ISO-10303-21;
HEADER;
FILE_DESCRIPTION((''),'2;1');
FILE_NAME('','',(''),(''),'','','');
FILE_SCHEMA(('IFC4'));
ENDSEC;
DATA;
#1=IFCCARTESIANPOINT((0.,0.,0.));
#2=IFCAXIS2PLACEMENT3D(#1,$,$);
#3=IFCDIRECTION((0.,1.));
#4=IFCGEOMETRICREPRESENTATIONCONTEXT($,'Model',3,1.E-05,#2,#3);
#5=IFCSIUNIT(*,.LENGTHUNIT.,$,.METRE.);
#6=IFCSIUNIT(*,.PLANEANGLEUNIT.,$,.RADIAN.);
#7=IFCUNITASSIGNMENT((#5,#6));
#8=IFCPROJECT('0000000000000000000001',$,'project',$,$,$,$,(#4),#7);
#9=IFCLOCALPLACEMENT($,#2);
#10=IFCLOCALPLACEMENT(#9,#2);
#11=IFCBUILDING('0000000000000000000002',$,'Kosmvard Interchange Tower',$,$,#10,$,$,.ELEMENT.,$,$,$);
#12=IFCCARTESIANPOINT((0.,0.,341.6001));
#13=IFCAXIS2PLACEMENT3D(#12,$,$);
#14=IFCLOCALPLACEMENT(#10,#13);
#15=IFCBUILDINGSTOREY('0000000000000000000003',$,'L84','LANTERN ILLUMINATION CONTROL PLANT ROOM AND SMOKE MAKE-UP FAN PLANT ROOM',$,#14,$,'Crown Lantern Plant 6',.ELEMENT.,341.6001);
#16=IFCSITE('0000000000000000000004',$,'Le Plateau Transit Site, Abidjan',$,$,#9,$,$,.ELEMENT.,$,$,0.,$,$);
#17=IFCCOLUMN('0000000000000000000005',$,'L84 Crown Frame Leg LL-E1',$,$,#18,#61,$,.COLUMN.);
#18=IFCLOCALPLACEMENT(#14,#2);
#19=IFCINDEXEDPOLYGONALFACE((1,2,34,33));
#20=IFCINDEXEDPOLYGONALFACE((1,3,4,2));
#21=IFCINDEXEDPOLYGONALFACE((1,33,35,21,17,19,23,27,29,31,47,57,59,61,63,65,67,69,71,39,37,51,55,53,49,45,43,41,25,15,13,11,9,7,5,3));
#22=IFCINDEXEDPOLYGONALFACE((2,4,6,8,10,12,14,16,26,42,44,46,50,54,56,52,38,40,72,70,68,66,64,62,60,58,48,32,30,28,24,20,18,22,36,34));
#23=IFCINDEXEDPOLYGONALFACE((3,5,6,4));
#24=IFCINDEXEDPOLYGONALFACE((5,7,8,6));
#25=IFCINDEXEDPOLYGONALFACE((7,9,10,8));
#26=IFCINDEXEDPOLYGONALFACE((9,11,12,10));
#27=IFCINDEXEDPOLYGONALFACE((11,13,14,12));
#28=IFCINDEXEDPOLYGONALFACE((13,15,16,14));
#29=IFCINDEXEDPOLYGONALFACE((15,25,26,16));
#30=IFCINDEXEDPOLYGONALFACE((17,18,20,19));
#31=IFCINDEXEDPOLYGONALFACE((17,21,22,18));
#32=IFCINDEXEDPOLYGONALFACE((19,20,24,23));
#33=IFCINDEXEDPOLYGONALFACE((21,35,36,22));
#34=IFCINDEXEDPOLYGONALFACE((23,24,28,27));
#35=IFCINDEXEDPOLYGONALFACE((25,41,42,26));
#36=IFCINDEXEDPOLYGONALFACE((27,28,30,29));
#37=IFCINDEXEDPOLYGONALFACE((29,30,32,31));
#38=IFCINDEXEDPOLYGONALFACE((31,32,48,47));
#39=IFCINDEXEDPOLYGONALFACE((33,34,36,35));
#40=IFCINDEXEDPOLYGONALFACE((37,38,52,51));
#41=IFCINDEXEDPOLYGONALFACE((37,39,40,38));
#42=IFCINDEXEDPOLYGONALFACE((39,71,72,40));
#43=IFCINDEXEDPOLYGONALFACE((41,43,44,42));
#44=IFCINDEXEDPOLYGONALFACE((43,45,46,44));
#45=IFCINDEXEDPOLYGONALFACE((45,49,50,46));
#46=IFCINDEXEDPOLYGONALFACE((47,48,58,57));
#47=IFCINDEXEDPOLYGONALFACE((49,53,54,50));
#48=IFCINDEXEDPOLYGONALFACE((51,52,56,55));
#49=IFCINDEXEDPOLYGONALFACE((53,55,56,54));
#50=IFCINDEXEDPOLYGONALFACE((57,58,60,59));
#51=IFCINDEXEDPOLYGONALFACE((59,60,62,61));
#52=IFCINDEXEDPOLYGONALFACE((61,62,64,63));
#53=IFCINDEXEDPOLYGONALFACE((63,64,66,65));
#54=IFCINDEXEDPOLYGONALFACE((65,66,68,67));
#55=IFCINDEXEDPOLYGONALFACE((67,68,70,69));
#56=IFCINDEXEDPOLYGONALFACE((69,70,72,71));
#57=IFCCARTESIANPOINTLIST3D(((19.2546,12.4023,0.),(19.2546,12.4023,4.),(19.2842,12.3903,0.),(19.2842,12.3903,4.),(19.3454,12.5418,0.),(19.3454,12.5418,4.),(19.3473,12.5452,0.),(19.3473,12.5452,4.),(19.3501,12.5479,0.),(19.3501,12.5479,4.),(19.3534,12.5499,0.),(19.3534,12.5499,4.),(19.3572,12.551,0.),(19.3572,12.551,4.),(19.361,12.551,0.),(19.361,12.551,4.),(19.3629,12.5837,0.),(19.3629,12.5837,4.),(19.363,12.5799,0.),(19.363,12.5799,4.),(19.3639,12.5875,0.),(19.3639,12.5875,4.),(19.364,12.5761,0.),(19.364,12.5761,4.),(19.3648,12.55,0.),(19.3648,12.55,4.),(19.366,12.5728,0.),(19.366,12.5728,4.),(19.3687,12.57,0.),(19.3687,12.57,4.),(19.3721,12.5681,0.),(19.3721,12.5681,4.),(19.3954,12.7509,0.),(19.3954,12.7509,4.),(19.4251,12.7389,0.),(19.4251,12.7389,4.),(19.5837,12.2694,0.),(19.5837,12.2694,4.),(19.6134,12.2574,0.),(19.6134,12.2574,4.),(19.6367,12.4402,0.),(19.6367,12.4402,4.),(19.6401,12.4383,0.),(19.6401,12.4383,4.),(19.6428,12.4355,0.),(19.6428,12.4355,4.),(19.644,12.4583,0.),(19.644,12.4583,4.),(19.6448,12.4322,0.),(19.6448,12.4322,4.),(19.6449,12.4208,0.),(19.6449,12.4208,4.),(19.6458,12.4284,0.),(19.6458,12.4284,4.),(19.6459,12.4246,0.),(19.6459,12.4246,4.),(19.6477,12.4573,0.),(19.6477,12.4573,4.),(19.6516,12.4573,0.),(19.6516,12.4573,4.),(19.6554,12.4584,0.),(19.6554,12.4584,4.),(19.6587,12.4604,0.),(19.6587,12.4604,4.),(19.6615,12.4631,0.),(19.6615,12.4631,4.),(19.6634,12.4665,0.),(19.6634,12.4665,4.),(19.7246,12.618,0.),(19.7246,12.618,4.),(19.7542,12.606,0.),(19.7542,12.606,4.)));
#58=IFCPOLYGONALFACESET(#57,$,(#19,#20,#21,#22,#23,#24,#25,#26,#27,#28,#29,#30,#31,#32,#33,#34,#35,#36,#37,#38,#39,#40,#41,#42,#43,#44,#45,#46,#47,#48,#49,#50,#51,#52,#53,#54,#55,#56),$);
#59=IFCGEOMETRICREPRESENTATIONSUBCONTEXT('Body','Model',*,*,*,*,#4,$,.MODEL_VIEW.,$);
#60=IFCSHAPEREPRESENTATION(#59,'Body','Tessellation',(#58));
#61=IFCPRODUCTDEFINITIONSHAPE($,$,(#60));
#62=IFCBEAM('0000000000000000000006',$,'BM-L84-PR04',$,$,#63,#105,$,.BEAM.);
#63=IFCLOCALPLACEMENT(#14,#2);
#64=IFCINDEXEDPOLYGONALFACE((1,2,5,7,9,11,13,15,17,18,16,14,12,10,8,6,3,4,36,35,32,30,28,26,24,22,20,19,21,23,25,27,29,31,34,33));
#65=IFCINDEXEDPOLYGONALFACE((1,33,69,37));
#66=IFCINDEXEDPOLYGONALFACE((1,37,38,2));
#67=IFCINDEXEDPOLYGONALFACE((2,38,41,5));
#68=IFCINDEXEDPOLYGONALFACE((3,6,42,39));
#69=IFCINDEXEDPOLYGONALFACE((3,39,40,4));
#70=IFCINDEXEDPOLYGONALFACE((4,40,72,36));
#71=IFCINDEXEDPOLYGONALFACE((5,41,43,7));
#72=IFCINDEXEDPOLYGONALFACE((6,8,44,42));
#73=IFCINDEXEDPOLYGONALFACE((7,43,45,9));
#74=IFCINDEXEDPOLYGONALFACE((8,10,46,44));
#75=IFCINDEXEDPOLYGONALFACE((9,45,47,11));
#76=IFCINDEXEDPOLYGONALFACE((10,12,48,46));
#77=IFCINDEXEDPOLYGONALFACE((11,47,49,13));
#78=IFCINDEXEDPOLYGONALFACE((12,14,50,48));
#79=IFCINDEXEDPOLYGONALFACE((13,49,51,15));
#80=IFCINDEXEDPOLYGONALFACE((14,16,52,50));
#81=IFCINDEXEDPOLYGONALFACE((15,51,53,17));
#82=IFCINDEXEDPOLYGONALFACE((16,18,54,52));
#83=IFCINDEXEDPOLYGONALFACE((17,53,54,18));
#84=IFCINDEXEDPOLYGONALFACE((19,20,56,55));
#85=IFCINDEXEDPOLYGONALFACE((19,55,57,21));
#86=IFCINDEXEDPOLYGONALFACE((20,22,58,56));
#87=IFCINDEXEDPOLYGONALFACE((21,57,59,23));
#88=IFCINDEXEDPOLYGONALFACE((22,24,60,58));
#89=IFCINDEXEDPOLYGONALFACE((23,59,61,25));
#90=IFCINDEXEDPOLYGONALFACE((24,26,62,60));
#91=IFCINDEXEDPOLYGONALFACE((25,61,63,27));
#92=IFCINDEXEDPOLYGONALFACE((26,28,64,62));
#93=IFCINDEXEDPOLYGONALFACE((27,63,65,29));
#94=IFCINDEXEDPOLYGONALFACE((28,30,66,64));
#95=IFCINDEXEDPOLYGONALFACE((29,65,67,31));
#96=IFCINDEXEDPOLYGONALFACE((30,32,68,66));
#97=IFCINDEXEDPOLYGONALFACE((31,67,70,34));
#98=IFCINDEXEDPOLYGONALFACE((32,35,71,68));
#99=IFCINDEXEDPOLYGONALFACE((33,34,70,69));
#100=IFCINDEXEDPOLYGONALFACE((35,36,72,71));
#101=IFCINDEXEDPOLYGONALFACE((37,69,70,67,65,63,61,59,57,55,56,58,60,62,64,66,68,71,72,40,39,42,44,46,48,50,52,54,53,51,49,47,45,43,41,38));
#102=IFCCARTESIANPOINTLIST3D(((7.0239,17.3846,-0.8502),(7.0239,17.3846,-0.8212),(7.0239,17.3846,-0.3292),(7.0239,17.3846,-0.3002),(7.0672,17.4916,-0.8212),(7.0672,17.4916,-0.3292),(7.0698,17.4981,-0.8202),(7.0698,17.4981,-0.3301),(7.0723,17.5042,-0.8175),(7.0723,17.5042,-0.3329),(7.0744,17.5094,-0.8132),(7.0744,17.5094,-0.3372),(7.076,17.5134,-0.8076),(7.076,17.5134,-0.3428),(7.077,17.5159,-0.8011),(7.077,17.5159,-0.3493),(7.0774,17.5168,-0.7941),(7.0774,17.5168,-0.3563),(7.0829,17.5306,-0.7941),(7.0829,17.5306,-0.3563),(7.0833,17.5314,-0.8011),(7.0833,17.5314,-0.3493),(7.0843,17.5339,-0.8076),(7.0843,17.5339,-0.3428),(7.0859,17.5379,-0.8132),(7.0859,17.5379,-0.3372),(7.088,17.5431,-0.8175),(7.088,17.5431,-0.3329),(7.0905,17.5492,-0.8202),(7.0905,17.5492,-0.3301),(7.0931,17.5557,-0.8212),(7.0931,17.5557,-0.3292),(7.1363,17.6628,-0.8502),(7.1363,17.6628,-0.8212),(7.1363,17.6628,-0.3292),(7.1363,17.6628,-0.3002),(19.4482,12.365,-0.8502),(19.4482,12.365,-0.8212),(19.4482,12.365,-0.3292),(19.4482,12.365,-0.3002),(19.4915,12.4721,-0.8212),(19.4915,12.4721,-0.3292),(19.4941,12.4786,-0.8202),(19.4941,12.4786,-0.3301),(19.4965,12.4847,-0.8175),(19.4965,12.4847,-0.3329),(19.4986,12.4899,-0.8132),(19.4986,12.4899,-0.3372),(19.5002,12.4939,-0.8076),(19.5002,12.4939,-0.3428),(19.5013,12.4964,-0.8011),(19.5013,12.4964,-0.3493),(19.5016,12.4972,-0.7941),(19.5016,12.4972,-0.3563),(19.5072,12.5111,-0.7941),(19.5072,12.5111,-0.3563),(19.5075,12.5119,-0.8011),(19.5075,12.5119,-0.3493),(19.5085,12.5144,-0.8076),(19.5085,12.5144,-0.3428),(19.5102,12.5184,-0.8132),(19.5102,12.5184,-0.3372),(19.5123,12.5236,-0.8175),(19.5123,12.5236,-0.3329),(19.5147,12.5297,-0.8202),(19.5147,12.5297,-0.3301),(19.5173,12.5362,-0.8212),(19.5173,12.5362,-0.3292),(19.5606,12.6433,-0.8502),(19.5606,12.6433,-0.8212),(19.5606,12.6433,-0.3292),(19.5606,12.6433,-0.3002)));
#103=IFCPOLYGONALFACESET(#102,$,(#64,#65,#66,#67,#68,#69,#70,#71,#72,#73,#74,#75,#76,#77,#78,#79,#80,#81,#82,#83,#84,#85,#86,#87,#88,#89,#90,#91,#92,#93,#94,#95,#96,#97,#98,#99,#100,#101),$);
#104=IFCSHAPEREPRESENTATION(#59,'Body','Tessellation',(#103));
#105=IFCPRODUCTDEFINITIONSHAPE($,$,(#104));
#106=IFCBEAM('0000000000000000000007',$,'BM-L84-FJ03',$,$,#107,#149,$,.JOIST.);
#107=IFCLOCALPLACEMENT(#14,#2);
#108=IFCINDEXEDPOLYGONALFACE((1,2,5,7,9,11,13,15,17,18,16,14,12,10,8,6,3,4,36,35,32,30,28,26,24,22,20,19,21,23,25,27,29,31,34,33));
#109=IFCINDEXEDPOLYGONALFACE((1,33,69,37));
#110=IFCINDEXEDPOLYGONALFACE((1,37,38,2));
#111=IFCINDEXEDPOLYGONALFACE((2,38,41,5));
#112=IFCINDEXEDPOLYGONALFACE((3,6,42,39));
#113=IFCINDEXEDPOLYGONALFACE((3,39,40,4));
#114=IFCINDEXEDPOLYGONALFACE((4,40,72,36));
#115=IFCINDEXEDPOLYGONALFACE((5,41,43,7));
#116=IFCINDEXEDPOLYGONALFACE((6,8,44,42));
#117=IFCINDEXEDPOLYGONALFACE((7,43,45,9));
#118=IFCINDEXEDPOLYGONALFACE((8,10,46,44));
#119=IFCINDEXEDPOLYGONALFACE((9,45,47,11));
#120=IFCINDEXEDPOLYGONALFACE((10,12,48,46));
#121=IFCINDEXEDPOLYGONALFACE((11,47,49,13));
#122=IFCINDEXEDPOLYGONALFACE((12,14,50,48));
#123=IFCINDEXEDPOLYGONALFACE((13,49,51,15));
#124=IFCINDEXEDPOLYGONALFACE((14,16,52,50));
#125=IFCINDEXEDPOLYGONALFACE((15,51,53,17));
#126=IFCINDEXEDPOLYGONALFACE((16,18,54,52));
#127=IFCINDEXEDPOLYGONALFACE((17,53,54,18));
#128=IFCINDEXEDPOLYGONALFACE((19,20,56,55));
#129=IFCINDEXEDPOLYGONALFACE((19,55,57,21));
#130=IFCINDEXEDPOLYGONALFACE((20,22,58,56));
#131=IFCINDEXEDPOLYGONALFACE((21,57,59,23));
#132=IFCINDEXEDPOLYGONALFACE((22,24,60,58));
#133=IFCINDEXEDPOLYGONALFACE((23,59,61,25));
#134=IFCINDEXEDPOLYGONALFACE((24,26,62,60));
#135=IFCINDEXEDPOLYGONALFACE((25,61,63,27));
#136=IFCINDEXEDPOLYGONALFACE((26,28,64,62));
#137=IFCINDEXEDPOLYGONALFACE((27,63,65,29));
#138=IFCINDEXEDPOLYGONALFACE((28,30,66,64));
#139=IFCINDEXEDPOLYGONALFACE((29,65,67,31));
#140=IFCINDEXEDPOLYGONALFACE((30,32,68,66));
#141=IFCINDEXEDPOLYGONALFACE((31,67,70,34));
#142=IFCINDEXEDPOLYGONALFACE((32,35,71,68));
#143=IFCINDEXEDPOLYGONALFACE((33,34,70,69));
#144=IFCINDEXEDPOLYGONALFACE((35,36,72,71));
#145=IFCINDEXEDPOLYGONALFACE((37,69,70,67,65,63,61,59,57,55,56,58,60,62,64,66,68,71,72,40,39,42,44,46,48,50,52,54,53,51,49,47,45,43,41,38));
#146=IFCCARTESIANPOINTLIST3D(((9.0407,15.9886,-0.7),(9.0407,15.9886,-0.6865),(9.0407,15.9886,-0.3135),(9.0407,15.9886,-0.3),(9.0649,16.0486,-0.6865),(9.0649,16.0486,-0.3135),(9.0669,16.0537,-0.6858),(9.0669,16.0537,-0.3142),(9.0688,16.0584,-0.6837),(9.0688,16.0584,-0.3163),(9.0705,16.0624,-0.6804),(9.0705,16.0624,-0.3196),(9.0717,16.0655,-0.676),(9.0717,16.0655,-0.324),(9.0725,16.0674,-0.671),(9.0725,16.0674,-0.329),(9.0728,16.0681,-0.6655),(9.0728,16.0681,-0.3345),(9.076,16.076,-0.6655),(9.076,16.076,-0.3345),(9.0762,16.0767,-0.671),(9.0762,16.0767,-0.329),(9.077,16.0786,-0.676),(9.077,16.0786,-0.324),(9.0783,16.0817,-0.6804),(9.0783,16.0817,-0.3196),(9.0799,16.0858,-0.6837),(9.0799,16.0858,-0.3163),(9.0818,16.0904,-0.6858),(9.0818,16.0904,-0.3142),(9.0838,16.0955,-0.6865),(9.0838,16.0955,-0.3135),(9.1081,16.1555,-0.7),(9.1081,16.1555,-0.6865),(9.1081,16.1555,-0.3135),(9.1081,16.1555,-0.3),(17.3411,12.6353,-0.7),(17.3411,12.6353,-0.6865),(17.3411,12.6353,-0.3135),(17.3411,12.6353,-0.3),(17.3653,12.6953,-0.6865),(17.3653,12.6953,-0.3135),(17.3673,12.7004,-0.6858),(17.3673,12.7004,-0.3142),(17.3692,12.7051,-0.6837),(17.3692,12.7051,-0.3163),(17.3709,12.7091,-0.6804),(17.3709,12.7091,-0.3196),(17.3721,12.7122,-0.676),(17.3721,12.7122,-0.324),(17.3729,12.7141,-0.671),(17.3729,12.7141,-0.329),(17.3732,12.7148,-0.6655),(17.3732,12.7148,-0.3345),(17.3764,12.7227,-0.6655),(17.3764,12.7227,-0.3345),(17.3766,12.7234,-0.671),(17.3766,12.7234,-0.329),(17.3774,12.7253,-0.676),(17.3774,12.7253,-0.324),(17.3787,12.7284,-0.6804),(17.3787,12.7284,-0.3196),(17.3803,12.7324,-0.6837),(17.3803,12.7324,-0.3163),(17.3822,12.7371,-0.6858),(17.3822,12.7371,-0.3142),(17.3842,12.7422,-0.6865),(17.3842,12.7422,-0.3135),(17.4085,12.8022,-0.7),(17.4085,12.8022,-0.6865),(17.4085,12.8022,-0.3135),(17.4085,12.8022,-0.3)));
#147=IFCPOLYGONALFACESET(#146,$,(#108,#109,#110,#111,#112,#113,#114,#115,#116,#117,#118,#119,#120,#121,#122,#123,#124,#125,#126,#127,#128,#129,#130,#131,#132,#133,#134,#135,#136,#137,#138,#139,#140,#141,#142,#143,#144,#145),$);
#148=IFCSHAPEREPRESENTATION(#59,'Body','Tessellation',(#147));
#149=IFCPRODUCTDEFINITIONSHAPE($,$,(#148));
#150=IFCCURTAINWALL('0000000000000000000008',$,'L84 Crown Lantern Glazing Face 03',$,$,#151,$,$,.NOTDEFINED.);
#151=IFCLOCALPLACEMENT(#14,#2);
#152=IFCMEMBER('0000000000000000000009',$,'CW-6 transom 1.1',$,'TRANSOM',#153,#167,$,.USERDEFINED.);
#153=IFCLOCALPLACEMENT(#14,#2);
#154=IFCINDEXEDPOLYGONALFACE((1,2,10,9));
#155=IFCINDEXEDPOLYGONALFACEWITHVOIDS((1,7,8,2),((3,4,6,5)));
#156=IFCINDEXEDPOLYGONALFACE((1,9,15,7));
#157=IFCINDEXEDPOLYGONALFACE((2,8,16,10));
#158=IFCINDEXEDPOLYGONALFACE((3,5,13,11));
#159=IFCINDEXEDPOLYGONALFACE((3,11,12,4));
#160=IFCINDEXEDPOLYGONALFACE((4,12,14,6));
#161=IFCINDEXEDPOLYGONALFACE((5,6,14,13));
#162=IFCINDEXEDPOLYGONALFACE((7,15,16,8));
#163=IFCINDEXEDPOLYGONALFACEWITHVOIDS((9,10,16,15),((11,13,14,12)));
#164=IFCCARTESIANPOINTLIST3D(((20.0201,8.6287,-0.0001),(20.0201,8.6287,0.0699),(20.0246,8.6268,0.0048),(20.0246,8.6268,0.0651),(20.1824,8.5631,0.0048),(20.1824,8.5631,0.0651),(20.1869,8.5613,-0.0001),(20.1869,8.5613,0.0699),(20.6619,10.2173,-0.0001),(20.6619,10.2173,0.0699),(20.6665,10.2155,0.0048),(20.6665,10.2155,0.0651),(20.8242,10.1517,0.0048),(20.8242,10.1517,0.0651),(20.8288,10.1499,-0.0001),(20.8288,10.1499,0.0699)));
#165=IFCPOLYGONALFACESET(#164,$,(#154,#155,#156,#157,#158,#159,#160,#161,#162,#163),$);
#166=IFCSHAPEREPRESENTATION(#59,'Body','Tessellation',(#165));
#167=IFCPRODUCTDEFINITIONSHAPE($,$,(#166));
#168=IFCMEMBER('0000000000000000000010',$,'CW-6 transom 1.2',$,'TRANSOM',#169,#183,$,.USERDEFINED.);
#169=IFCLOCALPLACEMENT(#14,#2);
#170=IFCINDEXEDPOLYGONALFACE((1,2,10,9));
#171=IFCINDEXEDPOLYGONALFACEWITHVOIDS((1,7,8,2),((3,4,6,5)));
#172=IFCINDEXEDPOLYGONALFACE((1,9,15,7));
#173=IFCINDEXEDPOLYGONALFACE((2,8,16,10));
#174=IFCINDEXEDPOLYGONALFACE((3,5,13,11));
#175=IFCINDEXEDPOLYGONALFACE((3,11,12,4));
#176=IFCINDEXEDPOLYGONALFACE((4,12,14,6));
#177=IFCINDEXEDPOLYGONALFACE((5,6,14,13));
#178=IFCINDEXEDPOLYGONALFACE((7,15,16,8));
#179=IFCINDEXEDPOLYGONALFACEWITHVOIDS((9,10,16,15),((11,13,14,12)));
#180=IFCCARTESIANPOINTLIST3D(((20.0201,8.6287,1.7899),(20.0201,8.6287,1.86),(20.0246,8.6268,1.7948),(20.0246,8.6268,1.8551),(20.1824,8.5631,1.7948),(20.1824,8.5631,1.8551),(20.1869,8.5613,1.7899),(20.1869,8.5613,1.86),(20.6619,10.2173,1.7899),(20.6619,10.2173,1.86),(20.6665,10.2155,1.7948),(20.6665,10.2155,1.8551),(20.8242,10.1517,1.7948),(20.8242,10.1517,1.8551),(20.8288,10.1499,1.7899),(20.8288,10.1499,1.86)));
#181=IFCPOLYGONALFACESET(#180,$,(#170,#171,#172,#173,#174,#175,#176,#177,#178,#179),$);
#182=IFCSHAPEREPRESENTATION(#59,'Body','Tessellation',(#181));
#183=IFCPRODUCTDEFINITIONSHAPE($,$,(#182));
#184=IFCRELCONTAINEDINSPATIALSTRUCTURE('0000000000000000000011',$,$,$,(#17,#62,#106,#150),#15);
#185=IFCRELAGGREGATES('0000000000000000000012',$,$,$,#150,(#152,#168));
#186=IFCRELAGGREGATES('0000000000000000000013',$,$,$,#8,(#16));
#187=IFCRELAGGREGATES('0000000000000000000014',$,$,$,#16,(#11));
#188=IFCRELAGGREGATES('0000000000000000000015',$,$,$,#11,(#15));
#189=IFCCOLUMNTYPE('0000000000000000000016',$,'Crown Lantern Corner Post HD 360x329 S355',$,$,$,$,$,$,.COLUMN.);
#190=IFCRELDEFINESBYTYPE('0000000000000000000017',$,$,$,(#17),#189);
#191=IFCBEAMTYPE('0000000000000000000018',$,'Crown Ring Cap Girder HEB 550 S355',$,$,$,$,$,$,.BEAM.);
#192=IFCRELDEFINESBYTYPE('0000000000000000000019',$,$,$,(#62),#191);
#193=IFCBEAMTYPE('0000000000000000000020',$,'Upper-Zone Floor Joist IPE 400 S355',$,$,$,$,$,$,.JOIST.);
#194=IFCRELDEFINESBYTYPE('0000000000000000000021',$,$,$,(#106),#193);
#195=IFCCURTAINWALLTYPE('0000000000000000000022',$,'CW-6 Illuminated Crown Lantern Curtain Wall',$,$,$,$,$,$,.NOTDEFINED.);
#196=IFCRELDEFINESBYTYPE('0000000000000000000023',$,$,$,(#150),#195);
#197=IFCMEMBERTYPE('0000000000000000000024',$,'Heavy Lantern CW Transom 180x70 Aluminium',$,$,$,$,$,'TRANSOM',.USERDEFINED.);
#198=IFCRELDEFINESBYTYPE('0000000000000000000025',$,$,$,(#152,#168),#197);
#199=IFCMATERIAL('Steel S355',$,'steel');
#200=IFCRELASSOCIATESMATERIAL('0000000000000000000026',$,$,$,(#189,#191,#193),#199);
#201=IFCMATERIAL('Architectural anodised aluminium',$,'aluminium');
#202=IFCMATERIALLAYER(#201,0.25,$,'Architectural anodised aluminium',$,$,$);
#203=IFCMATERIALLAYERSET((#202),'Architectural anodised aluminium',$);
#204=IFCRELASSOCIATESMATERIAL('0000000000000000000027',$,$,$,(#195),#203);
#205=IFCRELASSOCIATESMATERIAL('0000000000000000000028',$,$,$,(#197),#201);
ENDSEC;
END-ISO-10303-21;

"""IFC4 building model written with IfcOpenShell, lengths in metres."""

from ifc_helpers import new_model, si_unit, direction, frame, origin, origin_2d, place, context, subcontext, project, spatial, hollow_rectangle, i_section, extrude, source, transform, mapped, material, layer, layer_set, material_profile, profile_set, type_object, element, aggregate, save


model = new_model("IFC4")

# Units and contexts
model_context = context("Model", 3, precision=1e-05, world=origin(), true_north=direction((0.0, 1.0)))
body_context = subcontext(model_context, "Body", "Model", "MODEL_VIEW")
ifc_project = project(units=[si_unit("LENGTHUNIT", "METRE"), si_unit("PLANEANGLEUNIT", "RADIAN")], contexts=[model_context])

# Site, building, storey
site_placement = place(None, origin())
site = spatial("IfcSite", under=ifc_project, at=site_placement, Name="Le Plateau Transit Site, Abidjan", CompositionType="ELEMENT", RefElevation=0.0)
building_placement = place(site_placement, origin())
building = spatial("IfcBuilding", under=site, at=building_placement, Name="Kosmvard Interchange Tower", CompositionType="ELEMENT")
storey_placement = place(building_placement, frame((0.0, 0.0, 341.6001)))
storey = spatial("IfcBuildingStorey", under=building, at=storey_placement, Name="L84", Description="LANTERN ILLUMINATION CONTROL PLANT ROOM AND SMOKE MAKE-UP FAN PLANT ROOM", LongName="Crown Lantern Plant 6", CompositionType="ELEMENT", Elevation=341.6001)

# Column
ifc_material_1 = material(Name="Steel S355", Category="steel")
ifc_material_profile_1 = material_profile(ifc_material_1, i_section(OverallWidth=0.376, OverallDepth=0.387, WebThickness=0.0195, FlangeThickness=0.032, FilletRadius=0.0149, at=origin_2d()), Name="HD 360x329")
ifc_profile_set_1 = profile_set([ifc_material_profile_1], Name="Steel S355")
column_type = type_object("IfcColumnType", Name="Crown Lantern Corner Post HD 360x329 S355", PredefinedType="COLUMN", material=ifc_profile_set_1)
shared_shape_1 = source(origin(), body_context, "Body", "SweptSolid", [
    extrude(i_section(OverallWidth=0.376, OverallDepth=0.387, WebThickness=0.0195, FlangeThickness=0.032, FilletRadius=0.0149, at=origin_2d()), origin(), (0.0, 0.0, 1.0), 4.0),
])
column_placement = place(storey_placement, frame((19.5044, 12.5042, 0.0), z_axis=(0.0, 0.0, 1.0), x_axis=(0.374607, 0.927184, 0.0)))
element("IfcColumn", 1, at=column_placement, inside=storey, type_object=column_type, Name="L84 Crown Frame Leg LL-E1", PredefinedType="COLUMN", context=body_context, shape_type="MappedRepresentation", body=[
    mapped(shared_shape_1, transform((0.0, 0.0, 0.0), scale=1.0)),
])

# Beams
ifc_material_profile_2 = material_profile(ifc_material_1, i_section(OverallWidth=0.3, OverallDepth=0.55, WebThickness=0.0149, FlangeThickness=0.0291, FilletRadius=0.0271, at=origin_2d()), Name="HEB 550")
ifc_profile_set_2 = profile_set([ifc_material_profile_2], Name="Steel S355")
beam_type_1 = type_object("IfcBeamType", Name="Crown Ring Cap Girder HEB 550 S355", PredefinedType="BEAM", material=ifc_profile_set_2)
shared_shape_2 = source(origin(), body_context, "Body", "SweptSolid", [
    extrude(i_section(OverallWidth=0.3, OverallDepth=0.55, WebThickness=0.0149, FlangeThickness=0.0291, FilletRadius=0.0271, at=origin_2d()), origin(), (0.0, 0.0, 1.0), 13.3999),
])
beam_1_placement = place(storey_placement, frame((19.5044, 12.5042, -0.5752), z_axis=(-0.92719, 0.374593, 0.0), x_axis=(-0.374593, -0.92719, 0.0)))
element("IfcBeam", 2, at=beam_1_placement, inside=storey, type_object=beam_type_1, Name="BM-L84-PR04", PredefinedType="BEAM", context=body_context, shape_type="MappedRepresentation", body=[
    mapped(shared_shape_2, transform((0.0, 0.0, 0.0), scale=1.0)),
])
ifc_material_profile_3 = material_profile(ifc_material_1, i_section(OverallWidth=0.1799, OverallDepth=0.3999, WebThickness=0.0085, FlangeThickness=0.0134, FilletRadius=0.021, at=origin_2d()), Name="IPE 400")
ifc_profile_set_3 = profile_set([ifc_material_profile_3], Name="Steel S355")
beam_type_2 = type_object("IfcBeamType", Name="Upper-Zone Floor Joist IPE 400 S355", PredefinedType="JOIST", material=ifc_profile_set_3)
shared_shape_3 = source(origin(), body_context, "Body", "SweptSolid", [
    extrude(i_section(OverallWidth=0.1799, OverallDepth=0.3999, WebThickness=0.0085, FlangeThickness=0.0134, FilletRadius=0.021, at=origin_2d()), origin(), (0.0, 0.0, 1.0), 8.9521),
])
beam_2_placement = place(storey_placement, frame((17.3748, 12.7188, -0.5), z_axis=(-0.927194, 0.374581, 0.0), x_axis=(-0.374581, -0.927194, 0.0)))
element("IfcBeam", 3, at=beam_2_placement, inside=storey, type_object=beam_type_2, Name="BM-L84-FJ03", PredefinedType="JOIST", context=body_context, shape_type="MappedRepresentation", body=[
    mapped(shared_shape_3, transform((0.0, 0.0, 0.0), scale=1.0)),
])

# Curtain wall, members
ifc_material_2 = material(Name="Architectural anodised aluminium", Category="aluminium")
ifc_layer_1 = layer(ifc_material_2, 0.25, Name="Architectural anodised aluminium")
ifc_layer_set_1 = layer_set([ifc_layer_1], Name="Architectural anodised aluminium")
curtain_wall_type = type_object("IfcCurtainWallType", Name="CW-6 Illuminated Crown Lantern Curtain Wall", PredefinedType="NOTDEFINED", material=ifc_layer_set_1)
curtain_wall_placement = place(storey_placement, origin())
curtain_wall = element("IfcCurtainWall", 4, at=curtain_wall_placement, inside=storey, type_object=curtain_wall_type, Name="L84 Crown Lantern Glazing Face 03", PredefinedType="NOTDEFINED")
ifc_material_profile_4 = material_profile(ifc_material_2, hollow_rectangle(XDim=0.1799, YDim=0.0701, WallThickness=0.0049, at=origin_2d()), Name="CWT 180x70x5")
ifc_profile_set_4 = profile_set([ifc_material_profile_4], Name="Architectural anodised aluminium")
member_type_1 = type_object("IfcMemberType", Name="Heavy Lantern CW Transom 180x70 Aluminium", ElementType="TRANSOM", PredefinedType="USERDEFINED", material=ifc_profile_set_4)
shared_shape_4 = source(origin(), body_context, "Body", "SweptSolid", [
    extrude(hollow_rectangle(XDim=0.1799, YDim=0.0701, WallThickness=0.0049, at=origin_2d()), origin(), (0.0, 0.0, 1.0), 1.7134),
])
member_1_placement = place(storey_placement, frame((20.1035, 8.595, 0.0349), z_axis=(0.374607, 0.927184, 0.0), x_axis=(-0.927184, 0.374607, 0.0)))
member_1 = element("IfcMember", 5, at=member_1_placement, type_object=member_type_1, Name="CW-6 transom 1.1", ObjectType="TRANSOM", PredefinedType="USERDEFINED", context=body_context, shape_type="MappedRepresentation", body=[
    mapped(shared_shape_4, transform((0.0, 0.0, 0.0), scale=1.0)),
])
member_2_placement = place(storey_placement, frame((20.1035, 8.595, 1.825), z_axis=(0.374607, 0.927184, 0.0), x_axis=(-0.927184, 0.374607, 0.0)))
member_2 = element("IfcMember", 6, at=member_2_placement, type_object=member_type_1, Name="CW-6 transom 1.2", ObjectType="TRANSOM", PredefinedType="USERDEFINED", context=body_context, shape_type="MappedRepresentation", body=[
    mapped(shared_shape_4, transform((0.0, 0.0, 0.0), scale=1.0)),
])

aggregate(curtain_wall, [member_1, member_2])

save(model, "model.ifc")
